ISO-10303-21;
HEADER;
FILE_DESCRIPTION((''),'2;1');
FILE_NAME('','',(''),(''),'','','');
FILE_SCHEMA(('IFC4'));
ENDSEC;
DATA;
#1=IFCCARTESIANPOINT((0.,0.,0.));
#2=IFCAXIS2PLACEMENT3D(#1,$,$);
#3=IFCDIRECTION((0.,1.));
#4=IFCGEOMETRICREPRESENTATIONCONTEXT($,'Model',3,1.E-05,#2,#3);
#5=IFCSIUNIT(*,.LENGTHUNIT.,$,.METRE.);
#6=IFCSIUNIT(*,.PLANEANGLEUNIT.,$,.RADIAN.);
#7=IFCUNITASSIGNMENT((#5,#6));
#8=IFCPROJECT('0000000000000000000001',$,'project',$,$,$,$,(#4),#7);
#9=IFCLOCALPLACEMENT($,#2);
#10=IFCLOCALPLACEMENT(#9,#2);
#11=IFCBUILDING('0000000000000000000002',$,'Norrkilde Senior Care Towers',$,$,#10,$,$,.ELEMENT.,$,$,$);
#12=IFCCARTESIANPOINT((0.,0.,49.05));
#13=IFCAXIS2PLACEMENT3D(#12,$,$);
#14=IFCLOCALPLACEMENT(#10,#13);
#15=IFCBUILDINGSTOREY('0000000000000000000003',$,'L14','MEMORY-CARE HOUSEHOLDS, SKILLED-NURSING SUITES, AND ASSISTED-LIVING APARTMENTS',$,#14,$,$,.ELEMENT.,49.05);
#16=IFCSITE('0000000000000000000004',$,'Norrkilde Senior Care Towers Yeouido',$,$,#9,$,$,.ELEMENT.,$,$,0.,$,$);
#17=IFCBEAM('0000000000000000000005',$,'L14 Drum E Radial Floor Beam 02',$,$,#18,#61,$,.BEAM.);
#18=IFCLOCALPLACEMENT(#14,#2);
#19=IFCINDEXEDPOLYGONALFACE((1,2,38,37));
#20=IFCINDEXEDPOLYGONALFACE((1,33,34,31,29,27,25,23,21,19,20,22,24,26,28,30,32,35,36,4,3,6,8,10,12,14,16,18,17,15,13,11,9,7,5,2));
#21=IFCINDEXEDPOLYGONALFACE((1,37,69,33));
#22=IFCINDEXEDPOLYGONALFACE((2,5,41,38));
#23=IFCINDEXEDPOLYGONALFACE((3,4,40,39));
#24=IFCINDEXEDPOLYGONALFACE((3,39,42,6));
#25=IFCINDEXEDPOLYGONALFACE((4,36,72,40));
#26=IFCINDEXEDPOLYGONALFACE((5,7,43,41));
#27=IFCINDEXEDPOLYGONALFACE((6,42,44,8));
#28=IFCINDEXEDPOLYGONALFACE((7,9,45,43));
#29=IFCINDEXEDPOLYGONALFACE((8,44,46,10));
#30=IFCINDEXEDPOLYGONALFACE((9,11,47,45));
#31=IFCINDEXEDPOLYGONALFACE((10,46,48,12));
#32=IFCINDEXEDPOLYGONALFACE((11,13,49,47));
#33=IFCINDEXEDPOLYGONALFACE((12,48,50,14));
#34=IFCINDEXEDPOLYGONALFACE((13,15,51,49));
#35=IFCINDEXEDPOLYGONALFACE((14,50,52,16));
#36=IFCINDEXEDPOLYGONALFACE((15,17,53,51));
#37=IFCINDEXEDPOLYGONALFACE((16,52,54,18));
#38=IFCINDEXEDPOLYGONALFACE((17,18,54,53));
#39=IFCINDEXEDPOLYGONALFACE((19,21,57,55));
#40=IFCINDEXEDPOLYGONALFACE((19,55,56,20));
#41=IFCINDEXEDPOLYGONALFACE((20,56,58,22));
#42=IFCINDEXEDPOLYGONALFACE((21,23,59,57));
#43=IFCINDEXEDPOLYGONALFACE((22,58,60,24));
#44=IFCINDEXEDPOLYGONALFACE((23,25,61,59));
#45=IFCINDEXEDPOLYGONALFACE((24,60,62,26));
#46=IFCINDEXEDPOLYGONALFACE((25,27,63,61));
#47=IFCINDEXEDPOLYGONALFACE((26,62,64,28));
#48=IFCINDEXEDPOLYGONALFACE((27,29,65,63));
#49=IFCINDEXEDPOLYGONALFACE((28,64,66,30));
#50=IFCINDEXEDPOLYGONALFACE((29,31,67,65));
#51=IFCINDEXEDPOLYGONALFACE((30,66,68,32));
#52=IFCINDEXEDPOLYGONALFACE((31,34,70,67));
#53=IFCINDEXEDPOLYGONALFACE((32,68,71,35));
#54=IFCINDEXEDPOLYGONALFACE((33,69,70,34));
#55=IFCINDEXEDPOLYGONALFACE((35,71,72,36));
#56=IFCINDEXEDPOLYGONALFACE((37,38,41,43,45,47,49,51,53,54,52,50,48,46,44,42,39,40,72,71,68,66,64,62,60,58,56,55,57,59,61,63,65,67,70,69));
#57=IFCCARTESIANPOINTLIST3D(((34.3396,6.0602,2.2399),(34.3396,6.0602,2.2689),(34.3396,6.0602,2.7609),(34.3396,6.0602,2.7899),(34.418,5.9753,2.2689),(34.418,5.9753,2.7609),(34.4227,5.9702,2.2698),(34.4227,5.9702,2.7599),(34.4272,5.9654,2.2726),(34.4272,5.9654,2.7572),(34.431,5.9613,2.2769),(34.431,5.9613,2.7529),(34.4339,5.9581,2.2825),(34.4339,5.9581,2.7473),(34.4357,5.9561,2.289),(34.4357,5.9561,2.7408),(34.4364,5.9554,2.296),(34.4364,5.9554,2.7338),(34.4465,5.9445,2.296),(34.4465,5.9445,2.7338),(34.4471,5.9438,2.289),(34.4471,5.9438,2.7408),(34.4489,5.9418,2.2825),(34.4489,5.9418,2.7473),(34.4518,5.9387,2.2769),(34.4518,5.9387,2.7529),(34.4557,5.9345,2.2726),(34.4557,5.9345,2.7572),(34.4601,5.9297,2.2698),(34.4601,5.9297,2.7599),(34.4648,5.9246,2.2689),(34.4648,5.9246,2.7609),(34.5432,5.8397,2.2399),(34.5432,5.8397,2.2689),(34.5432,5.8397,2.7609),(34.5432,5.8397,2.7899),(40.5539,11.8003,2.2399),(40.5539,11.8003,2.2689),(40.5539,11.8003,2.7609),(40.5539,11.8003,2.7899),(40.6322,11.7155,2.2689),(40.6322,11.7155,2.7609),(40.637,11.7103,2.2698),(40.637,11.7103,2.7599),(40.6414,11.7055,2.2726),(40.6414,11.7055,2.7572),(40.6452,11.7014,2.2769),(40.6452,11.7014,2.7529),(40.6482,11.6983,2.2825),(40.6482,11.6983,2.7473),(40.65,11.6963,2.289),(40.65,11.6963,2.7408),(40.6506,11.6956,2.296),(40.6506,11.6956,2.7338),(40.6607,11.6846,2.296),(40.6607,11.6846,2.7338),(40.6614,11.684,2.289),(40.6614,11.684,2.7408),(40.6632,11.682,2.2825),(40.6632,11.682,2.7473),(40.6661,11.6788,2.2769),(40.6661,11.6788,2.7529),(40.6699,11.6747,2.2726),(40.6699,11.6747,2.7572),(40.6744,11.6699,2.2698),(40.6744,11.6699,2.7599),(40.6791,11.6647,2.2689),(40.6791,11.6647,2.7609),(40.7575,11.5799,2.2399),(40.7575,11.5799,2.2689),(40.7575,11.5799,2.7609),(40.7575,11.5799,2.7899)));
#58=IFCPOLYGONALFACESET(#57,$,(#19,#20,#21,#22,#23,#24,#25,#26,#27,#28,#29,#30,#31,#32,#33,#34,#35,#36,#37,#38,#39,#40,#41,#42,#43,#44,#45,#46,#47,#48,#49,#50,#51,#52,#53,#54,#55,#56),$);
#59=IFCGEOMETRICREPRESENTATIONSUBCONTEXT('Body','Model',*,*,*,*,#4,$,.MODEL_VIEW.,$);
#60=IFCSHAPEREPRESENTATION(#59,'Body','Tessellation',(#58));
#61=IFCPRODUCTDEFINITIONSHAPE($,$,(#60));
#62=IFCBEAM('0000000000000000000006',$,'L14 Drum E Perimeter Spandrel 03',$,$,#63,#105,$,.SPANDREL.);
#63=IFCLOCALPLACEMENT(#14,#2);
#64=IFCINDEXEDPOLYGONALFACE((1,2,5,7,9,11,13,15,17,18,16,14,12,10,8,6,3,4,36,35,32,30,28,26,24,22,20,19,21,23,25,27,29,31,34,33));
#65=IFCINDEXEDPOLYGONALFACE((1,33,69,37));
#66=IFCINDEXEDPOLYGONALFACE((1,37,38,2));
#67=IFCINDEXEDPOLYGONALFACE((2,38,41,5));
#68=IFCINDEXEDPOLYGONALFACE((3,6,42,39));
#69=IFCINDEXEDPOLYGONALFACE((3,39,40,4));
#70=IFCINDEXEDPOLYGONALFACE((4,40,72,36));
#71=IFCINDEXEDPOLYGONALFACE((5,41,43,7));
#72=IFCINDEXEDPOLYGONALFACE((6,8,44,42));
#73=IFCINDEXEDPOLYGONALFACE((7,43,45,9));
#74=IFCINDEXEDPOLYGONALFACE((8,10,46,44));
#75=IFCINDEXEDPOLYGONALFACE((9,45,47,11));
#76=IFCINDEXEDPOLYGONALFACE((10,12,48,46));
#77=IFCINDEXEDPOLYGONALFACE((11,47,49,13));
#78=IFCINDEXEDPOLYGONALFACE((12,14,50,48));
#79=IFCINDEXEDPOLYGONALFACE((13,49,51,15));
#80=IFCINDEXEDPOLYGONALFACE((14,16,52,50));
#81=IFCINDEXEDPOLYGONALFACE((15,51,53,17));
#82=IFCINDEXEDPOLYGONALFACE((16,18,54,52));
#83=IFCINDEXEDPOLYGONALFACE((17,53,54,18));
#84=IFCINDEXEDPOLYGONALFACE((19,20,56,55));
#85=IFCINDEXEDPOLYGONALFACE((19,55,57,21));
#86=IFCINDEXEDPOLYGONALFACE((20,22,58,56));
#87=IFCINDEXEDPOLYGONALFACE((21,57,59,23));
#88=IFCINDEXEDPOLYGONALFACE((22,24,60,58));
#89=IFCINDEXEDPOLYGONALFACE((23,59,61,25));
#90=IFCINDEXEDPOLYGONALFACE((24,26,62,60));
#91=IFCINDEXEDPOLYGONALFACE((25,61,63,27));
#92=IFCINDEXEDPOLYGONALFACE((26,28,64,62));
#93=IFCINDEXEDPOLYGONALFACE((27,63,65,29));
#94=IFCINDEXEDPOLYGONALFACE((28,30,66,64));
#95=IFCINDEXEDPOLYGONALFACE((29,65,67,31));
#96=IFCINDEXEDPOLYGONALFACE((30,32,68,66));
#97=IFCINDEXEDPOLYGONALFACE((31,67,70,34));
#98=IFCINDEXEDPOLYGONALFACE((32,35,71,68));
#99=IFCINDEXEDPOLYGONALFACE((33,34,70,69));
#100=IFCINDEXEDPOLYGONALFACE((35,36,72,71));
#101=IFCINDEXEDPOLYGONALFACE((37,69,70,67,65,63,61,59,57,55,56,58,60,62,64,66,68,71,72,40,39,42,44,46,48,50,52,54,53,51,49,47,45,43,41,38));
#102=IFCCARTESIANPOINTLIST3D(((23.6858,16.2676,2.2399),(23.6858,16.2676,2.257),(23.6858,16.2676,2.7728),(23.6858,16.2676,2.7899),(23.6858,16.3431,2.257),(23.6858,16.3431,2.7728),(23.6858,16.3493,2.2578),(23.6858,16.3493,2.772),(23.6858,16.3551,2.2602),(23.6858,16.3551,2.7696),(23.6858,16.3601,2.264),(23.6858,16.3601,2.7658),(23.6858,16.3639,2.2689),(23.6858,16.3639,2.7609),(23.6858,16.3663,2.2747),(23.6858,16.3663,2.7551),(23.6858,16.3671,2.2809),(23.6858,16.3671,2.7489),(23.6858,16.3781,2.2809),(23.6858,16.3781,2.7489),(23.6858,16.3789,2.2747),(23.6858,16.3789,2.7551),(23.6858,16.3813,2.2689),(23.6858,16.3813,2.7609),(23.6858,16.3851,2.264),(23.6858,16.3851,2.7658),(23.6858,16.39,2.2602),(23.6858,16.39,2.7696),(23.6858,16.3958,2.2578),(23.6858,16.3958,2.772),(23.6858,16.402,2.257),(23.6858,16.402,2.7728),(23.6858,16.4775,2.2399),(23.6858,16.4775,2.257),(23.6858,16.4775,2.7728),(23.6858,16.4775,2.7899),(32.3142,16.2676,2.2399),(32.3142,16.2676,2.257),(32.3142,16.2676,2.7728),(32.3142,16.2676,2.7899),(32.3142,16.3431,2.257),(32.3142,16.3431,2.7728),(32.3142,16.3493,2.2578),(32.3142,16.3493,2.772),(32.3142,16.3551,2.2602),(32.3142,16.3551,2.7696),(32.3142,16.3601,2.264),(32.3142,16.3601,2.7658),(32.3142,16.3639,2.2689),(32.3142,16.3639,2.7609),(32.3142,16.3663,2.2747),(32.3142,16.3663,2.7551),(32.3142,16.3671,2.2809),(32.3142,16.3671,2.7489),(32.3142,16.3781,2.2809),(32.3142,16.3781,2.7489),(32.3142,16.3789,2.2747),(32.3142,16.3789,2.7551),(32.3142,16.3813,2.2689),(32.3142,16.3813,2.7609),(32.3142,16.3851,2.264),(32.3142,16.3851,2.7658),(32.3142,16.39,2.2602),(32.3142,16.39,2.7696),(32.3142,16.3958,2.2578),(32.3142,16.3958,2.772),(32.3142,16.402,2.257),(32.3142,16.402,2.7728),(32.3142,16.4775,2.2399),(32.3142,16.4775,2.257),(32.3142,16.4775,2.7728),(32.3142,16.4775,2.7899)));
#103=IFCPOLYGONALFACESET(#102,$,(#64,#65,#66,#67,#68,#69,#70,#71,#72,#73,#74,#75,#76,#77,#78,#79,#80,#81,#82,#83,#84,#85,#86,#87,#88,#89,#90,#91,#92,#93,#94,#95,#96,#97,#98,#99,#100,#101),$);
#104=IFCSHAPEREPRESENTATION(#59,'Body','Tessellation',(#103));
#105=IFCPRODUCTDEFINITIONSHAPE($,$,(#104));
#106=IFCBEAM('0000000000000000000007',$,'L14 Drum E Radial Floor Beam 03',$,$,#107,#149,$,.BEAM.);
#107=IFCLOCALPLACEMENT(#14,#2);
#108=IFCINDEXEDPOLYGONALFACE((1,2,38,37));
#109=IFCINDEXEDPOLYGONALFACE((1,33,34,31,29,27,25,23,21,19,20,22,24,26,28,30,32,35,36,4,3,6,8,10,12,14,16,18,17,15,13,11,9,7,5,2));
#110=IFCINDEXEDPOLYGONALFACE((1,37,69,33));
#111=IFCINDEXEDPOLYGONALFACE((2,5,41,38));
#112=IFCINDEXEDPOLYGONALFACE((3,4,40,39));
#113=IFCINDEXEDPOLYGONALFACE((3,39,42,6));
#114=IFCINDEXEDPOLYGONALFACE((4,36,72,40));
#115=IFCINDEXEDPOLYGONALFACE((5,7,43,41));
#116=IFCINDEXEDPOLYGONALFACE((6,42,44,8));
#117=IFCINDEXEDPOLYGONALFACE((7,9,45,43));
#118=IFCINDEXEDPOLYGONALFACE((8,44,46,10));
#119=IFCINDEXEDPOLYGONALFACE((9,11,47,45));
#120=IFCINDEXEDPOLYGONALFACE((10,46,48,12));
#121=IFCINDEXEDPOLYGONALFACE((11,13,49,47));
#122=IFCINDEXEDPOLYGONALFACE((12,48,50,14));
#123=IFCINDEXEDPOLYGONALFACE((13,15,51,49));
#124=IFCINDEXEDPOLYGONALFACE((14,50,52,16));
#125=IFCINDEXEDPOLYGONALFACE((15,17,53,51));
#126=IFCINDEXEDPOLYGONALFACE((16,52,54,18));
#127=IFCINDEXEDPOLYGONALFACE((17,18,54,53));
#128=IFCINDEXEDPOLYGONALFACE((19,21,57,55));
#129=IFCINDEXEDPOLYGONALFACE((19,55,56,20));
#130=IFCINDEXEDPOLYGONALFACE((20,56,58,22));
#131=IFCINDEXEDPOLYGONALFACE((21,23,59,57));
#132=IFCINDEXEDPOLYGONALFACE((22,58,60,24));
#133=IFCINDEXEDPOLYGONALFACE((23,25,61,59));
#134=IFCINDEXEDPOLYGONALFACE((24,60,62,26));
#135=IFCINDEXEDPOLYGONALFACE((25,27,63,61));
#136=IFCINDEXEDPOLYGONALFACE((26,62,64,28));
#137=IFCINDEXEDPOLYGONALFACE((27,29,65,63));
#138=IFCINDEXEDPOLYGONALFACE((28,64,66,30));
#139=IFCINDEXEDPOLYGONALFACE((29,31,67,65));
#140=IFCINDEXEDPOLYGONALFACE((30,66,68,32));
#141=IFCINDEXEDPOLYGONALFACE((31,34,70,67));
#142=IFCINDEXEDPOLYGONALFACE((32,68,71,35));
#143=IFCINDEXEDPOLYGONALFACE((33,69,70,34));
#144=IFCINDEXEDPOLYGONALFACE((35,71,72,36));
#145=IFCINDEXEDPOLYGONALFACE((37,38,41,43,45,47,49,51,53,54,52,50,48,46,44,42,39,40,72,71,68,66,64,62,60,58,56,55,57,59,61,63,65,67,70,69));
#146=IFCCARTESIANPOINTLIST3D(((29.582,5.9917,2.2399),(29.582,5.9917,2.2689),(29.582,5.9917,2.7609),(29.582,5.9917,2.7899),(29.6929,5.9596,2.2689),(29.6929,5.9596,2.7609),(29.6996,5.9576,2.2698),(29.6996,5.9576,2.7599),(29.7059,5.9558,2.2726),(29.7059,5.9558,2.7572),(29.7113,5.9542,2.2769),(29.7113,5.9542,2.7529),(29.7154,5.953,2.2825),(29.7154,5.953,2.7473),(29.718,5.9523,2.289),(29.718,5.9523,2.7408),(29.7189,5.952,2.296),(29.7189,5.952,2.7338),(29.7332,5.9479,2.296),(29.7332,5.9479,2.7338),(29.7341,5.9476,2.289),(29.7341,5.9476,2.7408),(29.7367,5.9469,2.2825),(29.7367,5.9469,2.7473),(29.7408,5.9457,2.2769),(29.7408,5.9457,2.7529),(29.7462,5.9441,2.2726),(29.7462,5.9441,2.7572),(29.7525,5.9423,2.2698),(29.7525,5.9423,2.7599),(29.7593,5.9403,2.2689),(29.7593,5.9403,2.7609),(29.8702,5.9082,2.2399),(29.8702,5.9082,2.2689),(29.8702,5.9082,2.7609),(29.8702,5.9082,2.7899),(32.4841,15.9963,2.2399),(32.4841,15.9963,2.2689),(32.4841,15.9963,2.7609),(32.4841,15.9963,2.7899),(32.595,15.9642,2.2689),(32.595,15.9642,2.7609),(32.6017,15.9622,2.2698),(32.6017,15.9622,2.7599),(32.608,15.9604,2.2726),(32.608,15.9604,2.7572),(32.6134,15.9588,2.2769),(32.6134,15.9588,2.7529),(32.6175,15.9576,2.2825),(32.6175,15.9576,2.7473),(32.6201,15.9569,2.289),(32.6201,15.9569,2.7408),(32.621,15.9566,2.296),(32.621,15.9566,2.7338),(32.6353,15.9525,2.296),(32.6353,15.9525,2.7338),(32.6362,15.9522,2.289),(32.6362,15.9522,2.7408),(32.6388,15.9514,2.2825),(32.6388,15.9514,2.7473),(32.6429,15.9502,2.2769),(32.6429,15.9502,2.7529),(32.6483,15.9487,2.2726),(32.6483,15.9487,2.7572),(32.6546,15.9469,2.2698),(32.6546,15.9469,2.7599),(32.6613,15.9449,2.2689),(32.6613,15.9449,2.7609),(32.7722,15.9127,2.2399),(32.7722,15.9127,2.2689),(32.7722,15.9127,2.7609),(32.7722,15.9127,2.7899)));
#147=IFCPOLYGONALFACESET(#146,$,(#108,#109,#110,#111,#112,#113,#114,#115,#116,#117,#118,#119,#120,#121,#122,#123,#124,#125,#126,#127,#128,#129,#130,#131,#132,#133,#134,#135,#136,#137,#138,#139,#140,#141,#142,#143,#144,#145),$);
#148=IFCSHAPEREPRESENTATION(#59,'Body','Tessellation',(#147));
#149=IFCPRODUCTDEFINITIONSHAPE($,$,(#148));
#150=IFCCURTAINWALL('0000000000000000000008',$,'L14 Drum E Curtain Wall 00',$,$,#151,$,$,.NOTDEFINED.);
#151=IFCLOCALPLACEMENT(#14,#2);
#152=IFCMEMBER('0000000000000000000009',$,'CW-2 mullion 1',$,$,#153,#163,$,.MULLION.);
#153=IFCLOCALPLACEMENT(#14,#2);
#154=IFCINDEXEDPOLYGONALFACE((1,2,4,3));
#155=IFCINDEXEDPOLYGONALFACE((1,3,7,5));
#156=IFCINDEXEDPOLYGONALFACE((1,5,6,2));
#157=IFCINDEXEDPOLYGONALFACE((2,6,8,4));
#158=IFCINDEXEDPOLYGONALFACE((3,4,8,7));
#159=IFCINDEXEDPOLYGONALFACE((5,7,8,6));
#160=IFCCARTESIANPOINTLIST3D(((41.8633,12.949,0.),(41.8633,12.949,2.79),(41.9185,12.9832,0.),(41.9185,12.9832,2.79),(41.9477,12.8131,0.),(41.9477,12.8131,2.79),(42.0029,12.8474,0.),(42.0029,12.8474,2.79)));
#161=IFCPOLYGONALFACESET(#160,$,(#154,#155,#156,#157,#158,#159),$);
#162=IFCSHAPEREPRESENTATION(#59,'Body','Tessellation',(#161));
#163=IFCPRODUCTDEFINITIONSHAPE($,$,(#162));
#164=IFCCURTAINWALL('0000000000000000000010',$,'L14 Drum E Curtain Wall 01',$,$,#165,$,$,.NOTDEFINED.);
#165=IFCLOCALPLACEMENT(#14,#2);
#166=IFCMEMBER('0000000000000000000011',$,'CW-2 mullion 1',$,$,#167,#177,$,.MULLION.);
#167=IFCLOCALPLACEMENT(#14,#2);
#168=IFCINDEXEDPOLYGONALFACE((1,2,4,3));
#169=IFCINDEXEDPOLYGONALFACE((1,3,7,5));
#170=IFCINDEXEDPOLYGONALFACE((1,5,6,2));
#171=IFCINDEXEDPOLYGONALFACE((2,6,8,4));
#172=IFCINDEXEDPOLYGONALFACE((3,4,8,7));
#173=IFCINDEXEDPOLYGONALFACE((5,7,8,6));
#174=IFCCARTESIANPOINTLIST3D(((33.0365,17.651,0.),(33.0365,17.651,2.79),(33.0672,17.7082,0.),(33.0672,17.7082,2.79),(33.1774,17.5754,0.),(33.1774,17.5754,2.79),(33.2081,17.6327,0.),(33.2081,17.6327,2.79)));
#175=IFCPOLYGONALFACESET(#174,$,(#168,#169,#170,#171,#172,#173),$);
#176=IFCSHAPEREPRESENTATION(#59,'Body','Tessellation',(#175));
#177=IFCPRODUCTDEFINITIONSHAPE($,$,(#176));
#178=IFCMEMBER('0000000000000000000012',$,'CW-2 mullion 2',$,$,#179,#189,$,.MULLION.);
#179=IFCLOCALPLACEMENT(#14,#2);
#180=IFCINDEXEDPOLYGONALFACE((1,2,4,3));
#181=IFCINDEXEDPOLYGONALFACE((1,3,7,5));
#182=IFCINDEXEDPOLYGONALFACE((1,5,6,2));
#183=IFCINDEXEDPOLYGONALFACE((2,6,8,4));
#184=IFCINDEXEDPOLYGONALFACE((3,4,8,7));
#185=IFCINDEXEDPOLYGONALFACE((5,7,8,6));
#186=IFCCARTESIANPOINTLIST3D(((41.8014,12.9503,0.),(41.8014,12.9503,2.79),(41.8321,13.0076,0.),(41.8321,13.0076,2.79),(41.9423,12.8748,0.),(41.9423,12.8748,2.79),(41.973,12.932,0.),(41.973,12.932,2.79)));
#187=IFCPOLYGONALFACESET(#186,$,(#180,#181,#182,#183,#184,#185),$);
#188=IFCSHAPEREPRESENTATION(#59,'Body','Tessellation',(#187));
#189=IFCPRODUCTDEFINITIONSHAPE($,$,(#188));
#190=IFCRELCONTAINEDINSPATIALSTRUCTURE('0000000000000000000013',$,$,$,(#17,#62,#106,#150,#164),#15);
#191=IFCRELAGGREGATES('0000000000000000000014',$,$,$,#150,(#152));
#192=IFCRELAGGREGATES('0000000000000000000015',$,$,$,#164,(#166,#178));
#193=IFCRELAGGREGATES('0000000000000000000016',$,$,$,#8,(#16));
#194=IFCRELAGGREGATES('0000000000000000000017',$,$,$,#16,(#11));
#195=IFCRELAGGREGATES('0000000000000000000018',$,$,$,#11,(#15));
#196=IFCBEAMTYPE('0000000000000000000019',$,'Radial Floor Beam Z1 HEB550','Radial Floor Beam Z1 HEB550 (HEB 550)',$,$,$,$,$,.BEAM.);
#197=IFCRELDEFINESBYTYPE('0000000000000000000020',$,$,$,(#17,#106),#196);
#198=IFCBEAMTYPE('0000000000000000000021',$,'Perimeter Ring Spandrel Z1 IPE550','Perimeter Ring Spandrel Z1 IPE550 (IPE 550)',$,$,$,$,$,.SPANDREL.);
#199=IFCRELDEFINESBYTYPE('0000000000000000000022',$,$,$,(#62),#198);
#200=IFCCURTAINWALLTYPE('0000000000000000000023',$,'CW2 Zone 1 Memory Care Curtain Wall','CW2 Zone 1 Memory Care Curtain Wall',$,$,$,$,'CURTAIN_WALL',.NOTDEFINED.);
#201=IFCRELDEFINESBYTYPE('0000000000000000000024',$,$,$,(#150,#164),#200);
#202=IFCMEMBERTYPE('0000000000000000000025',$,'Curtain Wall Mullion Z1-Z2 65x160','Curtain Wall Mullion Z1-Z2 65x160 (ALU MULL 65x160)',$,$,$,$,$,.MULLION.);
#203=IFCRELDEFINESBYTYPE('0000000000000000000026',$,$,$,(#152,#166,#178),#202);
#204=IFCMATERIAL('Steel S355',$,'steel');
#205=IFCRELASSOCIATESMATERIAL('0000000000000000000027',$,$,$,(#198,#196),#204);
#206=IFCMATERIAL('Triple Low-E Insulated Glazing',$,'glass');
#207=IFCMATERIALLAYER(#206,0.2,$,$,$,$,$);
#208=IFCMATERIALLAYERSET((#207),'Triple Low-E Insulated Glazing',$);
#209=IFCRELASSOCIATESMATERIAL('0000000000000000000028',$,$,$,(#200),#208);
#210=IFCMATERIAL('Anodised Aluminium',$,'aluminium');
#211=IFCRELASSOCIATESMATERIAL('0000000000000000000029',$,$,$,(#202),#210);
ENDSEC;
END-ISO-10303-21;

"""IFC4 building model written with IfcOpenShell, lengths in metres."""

from ifc_helpers import new_model, si_unit, direction, frame, origin, origin_2d, place, context, subcontext, project, spatial, rectangle, i_section, extrude, source, transform, mapped, material, layer, layer_set, material_profile, profile_set, type_object, type_shapes, element, aggregate, save


model = new_model("IFC4")

# Units and contexts
model_context = context("Model", 3, precision=1e-05, world=origin(), true_north=direction((0.0, 1.0)))
body_context = subcontext(model_context, "Body", "Model", "MODEL_VIEW")
ifc_project = project(units=[si_unit("LENGTHUNIT", "METRE"), si_unit("PLANEANGLEUNIT", "RADIAN")], contexts=[model_context])

# Site, building, storey
site_placement = place(None, origin())
site = spatial("IfcSite", under=ifc_project, at=site_placement, Name="Norrkilde Senior Care Towers Yeouido", CompositionType="ELEMENT", RefElevation=0.0)
building_placement = place(site_placement, origin())
building = spatial("IfcBuilding", under=site, at=building_placement, Name="Norrkilde Senior Care Towers", CompositionType="ELEMENT")
storey_placement = place(building_placement, frame((0.0, 0.0, 49.05)))
storey = spatial("IfcBuildingStorey", under=building, at=storey_placement, Name="L14", Description="MEMORY-CARE HOUSEHOLDS, SKILLED-NURSING SUITES, AND ASSISTED-LIVING APARTMENTS", CompositionType="ELEMENT", Elevation=49.05)

# Beams
ifc_material_1 = material(Name="Steel S355", Category="steel")
ifc_material_profile_1 = material_profile(ifc_material_1, i_section(OverallWidth=0.21, OverallDepth=0.55, WebThickness=0.011, FlangeThickness=0.0171, FilletRadius=0.0239, at=origin_2d()), Name="IPE 550")
ifc_profile_set_1 = profile_set([ifc_material_profile_1], Name="Steel S355")
beam_type_1 = type_object("IfcBeamType", Name="Perimeter Ring Spandrel Z1 IPE550", Description="Perimeter Ring Spandrel Z1 IPE550 (IPE 550)", PredefinedType="SPANDREL", material=ifc_profile_set_1)
ifc_material_profile_2 = material_profile(ifc_material_1, i_section(OverallWidth=0.3, OverallDepth=0.55, WebThickness=0.0149, FlangeThickness=0.0291, FilletRadius=0.0271, at=origin_2d()), Name="HEB 550")
ifc_profile_set_2 = profile_set([ifc_material_profile_2], Name="Steel S355")
beam_type_2 = type_object("IfcBeamType", Name="Radial Floor Beam Z1 HEB550", Description="Radial Floor Beam Z1 HEB550 (HEB 550)", PredefinedType="BEAM", material=ifc_profile_set_2)
shared_shape_1 = source(origin(), body_context, "Body", "SweptSolid", [
    extrude(i_section(OverallWidth=0.3, OverallDepth=0.55, WebThickness=0.0149, FlangeThickness=0.0291, FilletRadius=0.0271, at=origin_2d()), origin(), (0.0, 0.0, 1.0), 8.4597),
])
beam_1_placement = place(storey_placement, frame((34.4414, 5.95, 2.5149), z_axis=(0.734573, 0.678529, 0.0), x_axis=(-0.678529, 0.734573, 0.0)))
element("IfcBeam", 1, at=beam_1_placement, inside=storey, type_object=beam_type_2, Name="L14 Drum E Radial Floor Beam 02", PredefinedType="BEAM", context=body_context, shape_type="MappedRepresentation", body=[
    mapped(shared_shape_1, transform((0.0, 0.0, 0.0), x_axis=(1.0, 0.0, 0.0), y_axis=(0.0, 1.0, 0.0), z_axis=(0.0, 0.0, 1.0), scale=1.0)),
])
shared_shape_2 = source(origin(), body_context, "Body", "SweptSolid", [
    extrude(i_section(OverallWidth=0.21, OverallDepth=0.55, WebThickness=0.011, FlangeThickness=0.0171, FilletRadius=0.0239, at=origin_2d()), origin(), (0.0, 0.0, 1.0), 8.6284),
])
beam_2_placement = place(storey_placement, frame((32.3142, 16.3726, 2.5149), z_axis=(-1.0, 0.0, 0.0), x_axis=(0.0, -1.0, 0.0)))
element("IfcBeam", 2, at=beam_2_placement, inside=storey, type_object=beam_type_1, Name="L14 Drum E Perimeter Spandrel 03", PredefinedType="SPANDREL", context=body_context, shape_type="MappedRepresentation", body=[
    mapped(shared_shape_2, transform((0.0, 0.0, 0.0), x_axis=(1.0, 0.0, 0.0), y_axis=(0.0, 1.0, 0.0), z_axis=(0.0, 0.0, 1.0), scale=1.0)),
])
shared_shape_3 = source(origin(), body_context, "Body", "SweptSolid", [
    extrude(i_section(OverallWidth=0.3, OverallDepth=0.55, WebThickness=0.0149, FlangeThickness=0.0291, FilletRadius=0.0271, at=origin_2d()), origin(), (0.0, 0.0, 1.0), 10.417),
])
type_shapes(beam_type_2, [shared_shape_1, shared_shape_3])
beam_3_placement = place(storey_placement, frame((29.7261, 5.95, 2.5149), z_axis=(0.278591, 0.96041, 0.0), x_axis=(-0.96041, 0.278591, 0.0)))
element("IfcBeam", 3, at=beam_3_placement, inside=storey, type_object=beam_type_2, Name="L14 Drum E Radial Floor Beam 03", PredefinedType="BEAM", context=body_context, shape_type="MappedRepresentation", body=[
    mapped(shared_shape_3, transform((0.0, 0.0, 0.0), x_axis=(1.0, 0.0, 0.0), y_axis=(0.0, 1.0, 0.0), z_axis=(0.0, 0.0, 1.0), scale=1.0)),
])

# Curtain wall, member
ifc_material_2 = material(Name="Triple Low-E Insulated Glazing", Category="glass")
ifc_layer_1 = layer(ifc_material_2, 0.2)
ifc_layer_set_1 = layer_set([ifc_layer_1], Name="Triple Low-E Insulated Glazing")
curtain_wall_type = type_object("IfcCurtainWallType", Name="CW2 Zone 1 Memory Care Curtain Wall", Description="CW2 Zone 1 Memory Care Curtain Wall", ElementType="CURTAIN_WALL", PredefinedType="NOTDEFINED", material=ifc_layer_set_1)
curtain_wall_1_placement = place(storey_placement, origin())
curtain_wall_1 = element("IfcCurtainWall", 4, at=curtain_wall_1_placement, inside=storey, type_object=curtain_wall_type, Name="L14 Drum E Curtain Wall 00", PredefinedType="NOTDEFINED")
ifc_material_3 = material(Name="Anodised Aluminium", Category="aluminium")
ifc_material_profile_3 = material_profile(ifc_material_3, rectangle(XDim=0.0649, YDim=0.1599, at=origin_2d()), Name="ALU MULL 65x160")
ifc_profile_set_3 = profile_set([ifc_material_profile_3], Name="Anodised Aluminium")
member_type_1 = type_object("IfcMemberType", Name="Curtain Wall Mullion Z1-Z2 65x160", Description="Curtain Wall Mullion Z1-Z2 65x160 (ALU MULL 65x160)", PredefinedType="MULLION", material=ifc_profile_set_3)
shared_shape_4 = source(origin(), body_context, "Body", "SweptSolid", [
    extrude(rectangle(XDim=0.0649, YDim=0.1599, at=origin_2d()), origin(), (0.0, 0.0, 1.0), 2.79),
])
type_shapes(member_type_1, [shared_shape_4])
member_1_placement = place(storey_placement, frame((41.9331, 12.8982, 0.0), z_axis=(0.0, 0.0, 1.0), x_axis=(0.849306, 0.527901, 0.0)))
member_1 = element("IfcMember", 5, at=member_1_placement, type_object=member_type_1, Name="CW-2 mullion 1", PredefinedType="MULLION", context=body_context, shape_type="MappedRepresentation", body=[
    mapped(shared_shape_4, transform((0.0, 0.0, 0.0), x_axis=(1.0, 0.0, 0.0), y_axis=(0.0, 1.0, 0.0), z_axis=(0.0, 0.0, 1.0), scale=1.0)),
])

# Curtain wall, members
curtain_wall_2_placement = place(storey_placement, origin())
curtain_wall_2 = element("IfcCurtainWall", 6, at=curtain_wall_2_placement, inside=storey, type_object=curtain_wall_type, Name="L14 Drum E Curtain Wall 01", PredefinedType="NOTDEFINED")
member_2_placement = place(storey_placement, frame((33.1223, 17.6418, 0.0), z_axis=(0.0, 0.0, 1.0), x_axis=(0.472608, 0.881273, 0.0)))
member_2 = element("IfcMember", 7, at=member_2_placement, type_object=member_type_1, Name="CW-2 mullion 1", PredefinedType="MULLION", context=body_context, shape_type="MappedRepresentation", body=[
    mapped(shared_shape_4, transform((0.0, 0.0, 0.0), x_axis=(1.0, 0.0, 0.0), y_axis=(0.0, 1.0, 0.0), z_axis=(0.0, 0.0, 1.0), scale=1.0)),
])
member_3_placement = place(storey_placement, frame((41.8872, 12.9412, 0.0), z_axis=(0.0, 0.0, 1.0), x_axis=(0.472608, 0.881273, 0.0)))
member_3 = element("IfcMember", 8, at=member_3_placement, type_object=member_type_1, Name="CW-2 mullion 2", PredefinedType="MULLION", context=body_context, shape_type="MappedRepresentation", body=[
    mapped(shared_shape_4, transform((0.0, 0.0, 0.0), x_axis=(1.0, 0.0, 0.0), y_axis=(0.0, 1.0, 0.0), z_axis=(0.0, 0.0, 1.0), scale=1.0)),
])

aggregate(curtain_wall_1, [member_1])
aggregate(curtain_wall_2, [member_2, member_3])

save(model, "model.ifc")
